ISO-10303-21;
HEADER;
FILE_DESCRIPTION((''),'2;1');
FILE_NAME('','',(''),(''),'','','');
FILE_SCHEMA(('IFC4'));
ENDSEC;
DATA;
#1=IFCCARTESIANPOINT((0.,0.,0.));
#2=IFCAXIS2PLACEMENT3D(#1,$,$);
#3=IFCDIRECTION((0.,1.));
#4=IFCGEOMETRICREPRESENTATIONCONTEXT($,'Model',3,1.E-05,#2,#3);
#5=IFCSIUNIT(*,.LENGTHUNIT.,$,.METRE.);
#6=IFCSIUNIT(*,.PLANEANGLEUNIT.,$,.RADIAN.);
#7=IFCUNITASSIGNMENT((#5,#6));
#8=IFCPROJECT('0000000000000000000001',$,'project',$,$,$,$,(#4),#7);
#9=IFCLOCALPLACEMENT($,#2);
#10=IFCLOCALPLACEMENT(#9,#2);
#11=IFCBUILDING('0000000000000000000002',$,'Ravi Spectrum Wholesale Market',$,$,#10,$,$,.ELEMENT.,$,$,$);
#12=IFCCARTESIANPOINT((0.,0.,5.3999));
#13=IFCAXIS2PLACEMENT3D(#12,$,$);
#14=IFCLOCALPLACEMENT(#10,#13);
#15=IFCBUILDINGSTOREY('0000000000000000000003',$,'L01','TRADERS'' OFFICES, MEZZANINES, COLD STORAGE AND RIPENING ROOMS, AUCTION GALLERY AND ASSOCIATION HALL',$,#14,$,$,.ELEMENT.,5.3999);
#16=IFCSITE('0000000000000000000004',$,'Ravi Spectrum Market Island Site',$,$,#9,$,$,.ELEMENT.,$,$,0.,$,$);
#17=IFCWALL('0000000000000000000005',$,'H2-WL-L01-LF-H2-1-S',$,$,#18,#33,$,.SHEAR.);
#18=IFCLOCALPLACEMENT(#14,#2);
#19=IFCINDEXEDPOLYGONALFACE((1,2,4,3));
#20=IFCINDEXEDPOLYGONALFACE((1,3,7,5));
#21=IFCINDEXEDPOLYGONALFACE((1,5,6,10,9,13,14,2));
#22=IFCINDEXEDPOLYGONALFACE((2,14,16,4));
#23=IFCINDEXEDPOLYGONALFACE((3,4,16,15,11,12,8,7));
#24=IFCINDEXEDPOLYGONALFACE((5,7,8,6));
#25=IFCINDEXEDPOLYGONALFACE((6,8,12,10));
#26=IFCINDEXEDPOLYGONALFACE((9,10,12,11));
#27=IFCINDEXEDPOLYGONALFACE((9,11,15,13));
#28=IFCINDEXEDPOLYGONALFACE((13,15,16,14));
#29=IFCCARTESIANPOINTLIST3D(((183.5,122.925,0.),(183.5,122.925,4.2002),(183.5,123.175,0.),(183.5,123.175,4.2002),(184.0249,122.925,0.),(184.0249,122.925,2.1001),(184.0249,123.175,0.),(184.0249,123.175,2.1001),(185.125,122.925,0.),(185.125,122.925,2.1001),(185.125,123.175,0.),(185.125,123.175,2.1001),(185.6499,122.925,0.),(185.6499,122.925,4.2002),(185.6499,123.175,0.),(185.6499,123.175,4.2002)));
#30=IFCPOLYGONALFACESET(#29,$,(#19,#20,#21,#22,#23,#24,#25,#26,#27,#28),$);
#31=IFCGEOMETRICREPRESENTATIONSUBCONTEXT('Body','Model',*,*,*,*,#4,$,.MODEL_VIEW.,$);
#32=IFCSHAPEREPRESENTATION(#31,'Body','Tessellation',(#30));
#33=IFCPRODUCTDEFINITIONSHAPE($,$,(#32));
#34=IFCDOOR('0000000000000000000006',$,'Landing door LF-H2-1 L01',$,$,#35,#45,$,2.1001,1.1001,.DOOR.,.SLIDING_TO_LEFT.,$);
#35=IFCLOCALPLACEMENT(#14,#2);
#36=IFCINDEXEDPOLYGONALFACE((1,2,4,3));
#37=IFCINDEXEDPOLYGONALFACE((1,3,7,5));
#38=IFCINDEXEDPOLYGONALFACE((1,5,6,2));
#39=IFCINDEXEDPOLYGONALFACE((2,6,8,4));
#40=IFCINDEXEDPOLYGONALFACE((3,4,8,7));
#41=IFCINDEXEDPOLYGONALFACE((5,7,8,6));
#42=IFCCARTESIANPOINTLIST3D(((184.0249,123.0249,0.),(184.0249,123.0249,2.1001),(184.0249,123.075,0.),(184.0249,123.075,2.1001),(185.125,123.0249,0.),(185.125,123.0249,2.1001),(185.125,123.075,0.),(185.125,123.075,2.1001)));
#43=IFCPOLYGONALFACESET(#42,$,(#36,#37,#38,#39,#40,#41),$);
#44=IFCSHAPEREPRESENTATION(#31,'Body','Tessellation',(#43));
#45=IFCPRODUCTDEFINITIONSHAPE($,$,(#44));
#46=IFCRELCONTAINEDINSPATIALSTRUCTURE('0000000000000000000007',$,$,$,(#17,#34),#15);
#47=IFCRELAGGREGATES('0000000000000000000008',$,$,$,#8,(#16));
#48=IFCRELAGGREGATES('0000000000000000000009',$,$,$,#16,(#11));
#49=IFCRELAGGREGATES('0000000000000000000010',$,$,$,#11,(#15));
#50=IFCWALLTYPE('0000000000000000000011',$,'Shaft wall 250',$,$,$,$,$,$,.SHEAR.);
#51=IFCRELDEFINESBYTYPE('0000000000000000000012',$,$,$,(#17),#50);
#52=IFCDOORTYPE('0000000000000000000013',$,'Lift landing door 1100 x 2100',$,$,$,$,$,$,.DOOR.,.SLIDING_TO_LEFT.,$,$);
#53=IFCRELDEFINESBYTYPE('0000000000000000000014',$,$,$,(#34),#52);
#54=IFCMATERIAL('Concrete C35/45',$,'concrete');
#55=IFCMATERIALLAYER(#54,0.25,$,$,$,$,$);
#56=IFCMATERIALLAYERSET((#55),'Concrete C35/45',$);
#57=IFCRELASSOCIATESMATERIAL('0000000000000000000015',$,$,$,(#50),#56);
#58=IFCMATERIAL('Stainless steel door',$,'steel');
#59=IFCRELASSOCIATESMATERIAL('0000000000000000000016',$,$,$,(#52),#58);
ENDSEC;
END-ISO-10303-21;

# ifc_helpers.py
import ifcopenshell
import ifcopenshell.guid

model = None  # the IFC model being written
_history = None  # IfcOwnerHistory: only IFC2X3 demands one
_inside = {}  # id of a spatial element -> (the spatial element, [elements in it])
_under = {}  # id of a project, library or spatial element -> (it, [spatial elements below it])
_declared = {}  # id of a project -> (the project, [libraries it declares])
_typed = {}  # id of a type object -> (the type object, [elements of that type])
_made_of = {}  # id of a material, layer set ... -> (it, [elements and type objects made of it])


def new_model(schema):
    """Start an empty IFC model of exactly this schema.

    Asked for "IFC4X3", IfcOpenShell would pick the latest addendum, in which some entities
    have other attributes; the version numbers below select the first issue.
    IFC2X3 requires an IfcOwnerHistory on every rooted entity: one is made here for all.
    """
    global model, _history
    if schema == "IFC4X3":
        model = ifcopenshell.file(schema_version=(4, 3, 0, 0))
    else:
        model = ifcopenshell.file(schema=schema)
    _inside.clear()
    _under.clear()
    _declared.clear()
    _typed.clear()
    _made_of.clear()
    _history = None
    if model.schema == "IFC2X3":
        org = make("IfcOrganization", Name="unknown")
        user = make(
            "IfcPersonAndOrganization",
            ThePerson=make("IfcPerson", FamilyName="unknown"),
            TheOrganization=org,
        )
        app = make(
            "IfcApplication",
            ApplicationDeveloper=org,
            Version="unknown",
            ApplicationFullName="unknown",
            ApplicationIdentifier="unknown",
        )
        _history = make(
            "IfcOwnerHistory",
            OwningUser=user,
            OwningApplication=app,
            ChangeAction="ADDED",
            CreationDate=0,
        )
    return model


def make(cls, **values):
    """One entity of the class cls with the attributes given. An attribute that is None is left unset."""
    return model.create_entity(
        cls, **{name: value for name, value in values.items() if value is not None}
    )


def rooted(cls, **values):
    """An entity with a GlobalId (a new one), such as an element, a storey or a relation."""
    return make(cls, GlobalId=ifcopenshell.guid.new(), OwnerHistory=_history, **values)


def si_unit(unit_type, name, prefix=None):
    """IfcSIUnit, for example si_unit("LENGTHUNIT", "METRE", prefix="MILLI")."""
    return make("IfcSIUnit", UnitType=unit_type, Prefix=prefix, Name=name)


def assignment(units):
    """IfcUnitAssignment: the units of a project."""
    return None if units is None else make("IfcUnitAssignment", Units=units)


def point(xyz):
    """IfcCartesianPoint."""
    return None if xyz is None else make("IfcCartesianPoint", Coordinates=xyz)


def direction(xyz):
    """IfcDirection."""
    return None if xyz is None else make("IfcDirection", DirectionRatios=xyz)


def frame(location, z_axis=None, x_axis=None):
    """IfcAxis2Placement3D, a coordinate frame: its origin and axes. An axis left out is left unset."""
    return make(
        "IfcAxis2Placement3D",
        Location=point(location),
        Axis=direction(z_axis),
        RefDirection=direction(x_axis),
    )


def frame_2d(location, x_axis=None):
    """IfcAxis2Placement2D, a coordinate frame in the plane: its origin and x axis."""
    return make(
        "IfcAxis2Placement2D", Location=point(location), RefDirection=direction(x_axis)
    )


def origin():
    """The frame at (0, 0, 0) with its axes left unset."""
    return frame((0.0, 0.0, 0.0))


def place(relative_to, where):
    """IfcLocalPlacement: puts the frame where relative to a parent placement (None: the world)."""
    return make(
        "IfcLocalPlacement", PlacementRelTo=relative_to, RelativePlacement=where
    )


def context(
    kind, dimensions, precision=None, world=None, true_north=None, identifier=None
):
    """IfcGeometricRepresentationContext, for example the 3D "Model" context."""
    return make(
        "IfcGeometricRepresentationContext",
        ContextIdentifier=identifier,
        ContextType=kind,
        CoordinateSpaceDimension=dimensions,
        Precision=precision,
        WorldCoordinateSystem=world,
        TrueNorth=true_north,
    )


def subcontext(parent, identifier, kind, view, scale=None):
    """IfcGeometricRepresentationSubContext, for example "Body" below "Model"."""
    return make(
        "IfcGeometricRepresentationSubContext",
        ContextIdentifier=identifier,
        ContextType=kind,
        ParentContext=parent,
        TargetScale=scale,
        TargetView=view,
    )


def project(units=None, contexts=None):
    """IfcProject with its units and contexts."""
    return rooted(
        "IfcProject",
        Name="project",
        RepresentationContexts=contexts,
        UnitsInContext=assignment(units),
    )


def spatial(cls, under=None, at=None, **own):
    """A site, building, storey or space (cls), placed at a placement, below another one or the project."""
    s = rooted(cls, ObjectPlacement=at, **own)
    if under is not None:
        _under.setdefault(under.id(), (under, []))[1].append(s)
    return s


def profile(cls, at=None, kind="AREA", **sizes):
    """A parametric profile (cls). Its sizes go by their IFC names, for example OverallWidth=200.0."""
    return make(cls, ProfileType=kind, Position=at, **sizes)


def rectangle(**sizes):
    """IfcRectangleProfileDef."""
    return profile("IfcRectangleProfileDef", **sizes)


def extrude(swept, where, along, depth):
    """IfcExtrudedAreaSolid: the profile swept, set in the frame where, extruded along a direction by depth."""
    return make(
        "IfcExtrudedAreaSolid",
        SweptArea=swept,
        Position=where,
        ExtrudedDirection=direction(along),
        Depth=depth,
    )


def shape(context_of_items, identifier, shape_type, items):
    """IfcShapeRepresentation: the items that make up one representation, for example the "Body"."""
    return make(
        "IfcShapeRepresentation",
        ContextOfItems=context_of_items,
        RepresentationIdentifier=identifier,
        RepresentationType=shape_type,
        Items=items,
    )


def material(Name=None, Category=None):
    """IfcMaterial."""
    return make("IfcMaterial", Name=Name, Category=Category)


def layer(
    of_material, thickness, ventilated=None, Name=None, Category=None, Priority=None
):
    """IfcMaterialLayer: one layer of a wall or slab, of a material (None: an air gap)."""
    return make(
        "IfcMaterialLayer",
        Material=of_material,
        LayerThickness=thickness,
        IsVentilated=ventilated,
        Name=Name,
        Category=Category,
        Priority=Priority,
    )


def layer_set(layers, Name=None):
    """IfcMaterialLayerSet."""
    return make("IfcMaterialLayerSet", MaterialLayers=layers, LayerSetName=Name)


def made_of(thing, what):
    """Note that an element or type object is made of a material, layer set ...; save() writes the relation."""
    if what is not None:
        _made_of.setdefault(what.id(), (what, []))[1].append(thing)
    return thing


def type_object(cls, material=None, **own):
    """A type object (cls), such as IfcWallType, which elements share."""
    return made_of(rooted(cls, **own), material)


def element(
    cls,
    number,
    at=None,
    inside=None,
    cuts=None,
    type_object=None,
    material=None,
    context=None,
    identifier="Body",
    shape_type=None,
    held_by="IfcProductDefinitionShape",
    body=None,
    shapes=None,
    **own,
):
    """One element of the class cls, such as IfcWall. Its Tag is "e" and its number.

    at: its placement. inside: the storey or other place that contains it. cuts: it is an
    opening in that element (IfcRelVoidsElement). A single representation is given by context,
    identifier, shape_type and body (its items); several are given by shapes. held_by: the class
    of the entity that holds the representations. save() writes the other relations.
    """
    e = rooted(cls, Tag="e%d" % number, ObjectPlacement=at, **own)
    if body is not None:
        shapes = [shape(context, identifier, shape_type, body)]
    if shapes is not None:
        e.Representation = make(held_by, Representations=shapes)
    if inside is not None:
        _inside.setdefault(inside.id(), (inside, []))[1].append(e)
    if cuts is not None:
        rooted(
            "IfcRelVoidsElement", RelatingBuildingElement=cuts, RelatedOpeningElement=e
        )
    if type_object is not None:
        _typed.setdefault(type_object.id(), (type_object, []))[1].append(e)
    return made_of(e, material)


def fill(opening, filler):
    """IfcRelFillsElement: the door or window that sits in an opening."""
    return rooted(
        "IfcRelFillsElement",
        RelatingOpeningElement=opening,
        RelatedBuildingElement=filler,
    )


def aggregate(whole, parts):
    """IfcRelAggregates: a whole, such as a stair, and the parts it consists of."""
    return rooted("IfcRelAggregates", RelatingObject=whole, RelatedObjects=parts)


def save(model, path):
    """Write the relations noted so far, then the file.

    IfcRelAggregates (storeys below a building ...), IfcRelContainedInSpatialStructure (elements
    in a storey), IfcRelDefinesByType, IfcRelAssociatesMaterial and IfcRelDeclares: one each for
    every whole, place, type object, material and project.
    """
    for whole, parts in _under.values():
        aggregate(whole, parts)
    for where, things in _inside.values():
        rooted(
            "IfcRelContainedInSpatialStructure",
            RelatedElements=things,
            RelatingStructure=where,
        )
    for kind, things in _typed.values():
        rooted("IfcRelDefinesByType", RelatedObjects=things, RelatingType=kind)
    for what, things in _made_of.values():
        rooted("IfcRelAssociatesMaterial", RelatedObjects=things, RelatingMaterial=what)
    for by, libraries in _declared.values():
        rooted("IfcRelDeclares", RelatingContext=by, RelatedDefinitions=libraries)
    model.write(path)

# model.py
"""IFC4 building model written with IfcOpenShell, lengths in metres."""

from ifc_helpers import new_model, si_unit, direction, frame, frame_2d, origin, place, context, subcontext, project, spatial, rectangle, extrude, material, layer, layer_set, type_object, element, fill, save


model = new_model("IFC4")

# Units and contexts
model_context = context("Model", 3, precision=1e-05, world=origin(), true_north=direction((0.0, 1.0)))
body_context = subcontext(model_context, "Body", "Model", "MODEL_VIEW")
ifc_project = project(units=[si_unit("LENGTHUNIT", "METRE"), si_unit("PLANEANGLEUNIT", "RADIAN")], contexts=[model_context])

# Site, building, storey
site_placement = place(None, origin())
site = spatial("IfcSite", under=ifc_project, at=site_placement, Name="Ravi Spectrum Market Island Site", CompositionType="ELEMENT", RefElevation=0.0)
building_placement = place(site_placement, origin())
building = spatial("IfcBuilding", under=site, at=building_placement, Name="Ravi Spectrum Wholesale Market", CompositionType="ELEMENT")
storey_placement = place(building_placement, frame((0.0, 0.0, 5.3999)))
storey = spatial("IfcBuildingStorey", under=building, at=storey_placement, Name="L01", Description="TRADERS' OFFICES, MEZZANINES, COLD STORAGE AND RIPENING ROOMS, AUCTION GALLERY AND ASSOCIATION HALL", CompositionType="ELEMENT", Elevation=5.3999)

# Wall, opening, door
ifc_material_1 = material(Name="Concrete C35/45", Category="concrete")
ifc_layer_1 = layer(ifc_material_1, 0.25)
ifc_layer_set_1 = layer_set([ifc_layer_1], Name="Concrete C35/45")
wall_type_1 = type_object("IfcWallType", Name="Shaft wall 250", PredefinedType="SHEAR", material=ifc_layer_set_1)
wall_1_placement = place(storey_placement, frame((183.5, 123.05, 0.0), z_axis=(0.0, 0.0, 1.0), x_axis=(1.0, 0.0, 0.0)))
wall_1 = element("IfcWall", 1, at=wall_1_placement, inside=storey, type_object=wall_type_1, Name="H2-WL-L01-LF-H2-1-S", PredefinedType="SHEAR", context=body_context, shape_type="SweptSolid", body=[
    extrude(rectangle(XDim=2.1499, YDim=0.25, at=frame_2d((1.075, 0.0))), origin(), (0.0, 0.0, 1.0), 4.2002),
])
opening_1_placement = place(wall_1_placement, frame((0.5249, 0.0, 0.0)))
opening_1 = element("IfcOpeningElement", 2, at=opening_1_placement, cuts=wall_1, PredefinedType="OPENING", context=body_context, shape_type="SweptSolid", body=[
    extrude(rectangle(XDim=1.1001, YDim=2.1001, at=frame_2d((0.55, 1.05))), frame((0.0, 0.135, 0.0), z_axis=(0.0, -1.0, 0.0), x_axis=(1.0, 0.0, 0.0)), (0.0, 0.0, 1.0), 0.27),
])
ifc_material_2 = material(Name="Stainless steel door", Category="steel")
door_type_1 = type_object("IfcDoorType", Name="Lift landing door 1100 x 2100", OperationType="SLIDING_TO_LEFT", PredefinedType="DOOR", material=ifc_material_2)
door_1_placement = place(opening_1_placement, origin())
door_1 = element("IfcDoor", 3, at=door_1_placement, inside=storey, type_object=door_type_1, Name="Landing door LF-H2-1 L01", OperationType="SLIDING_TO_LEFT", OverallHeight=2.1001, OverallWidth=1.1001, PredefinedType="DOOR", context=body_context, shape_type="SweptSolid", body=[
    extrude(rectangle(XDim=1.1001, YDim=2.1001, at=frame_2d((0.55, 1.05))), frame((0.0, 0.0249, 0.0), z_axis=(0.0, -1.0, 0.0), x_axis=(1.0, 0.0, 0.0)), (0.0, 0.0, 1.0), 0.05),
])
fill(opening_1, door_1)

save(model, "model.ifc")
